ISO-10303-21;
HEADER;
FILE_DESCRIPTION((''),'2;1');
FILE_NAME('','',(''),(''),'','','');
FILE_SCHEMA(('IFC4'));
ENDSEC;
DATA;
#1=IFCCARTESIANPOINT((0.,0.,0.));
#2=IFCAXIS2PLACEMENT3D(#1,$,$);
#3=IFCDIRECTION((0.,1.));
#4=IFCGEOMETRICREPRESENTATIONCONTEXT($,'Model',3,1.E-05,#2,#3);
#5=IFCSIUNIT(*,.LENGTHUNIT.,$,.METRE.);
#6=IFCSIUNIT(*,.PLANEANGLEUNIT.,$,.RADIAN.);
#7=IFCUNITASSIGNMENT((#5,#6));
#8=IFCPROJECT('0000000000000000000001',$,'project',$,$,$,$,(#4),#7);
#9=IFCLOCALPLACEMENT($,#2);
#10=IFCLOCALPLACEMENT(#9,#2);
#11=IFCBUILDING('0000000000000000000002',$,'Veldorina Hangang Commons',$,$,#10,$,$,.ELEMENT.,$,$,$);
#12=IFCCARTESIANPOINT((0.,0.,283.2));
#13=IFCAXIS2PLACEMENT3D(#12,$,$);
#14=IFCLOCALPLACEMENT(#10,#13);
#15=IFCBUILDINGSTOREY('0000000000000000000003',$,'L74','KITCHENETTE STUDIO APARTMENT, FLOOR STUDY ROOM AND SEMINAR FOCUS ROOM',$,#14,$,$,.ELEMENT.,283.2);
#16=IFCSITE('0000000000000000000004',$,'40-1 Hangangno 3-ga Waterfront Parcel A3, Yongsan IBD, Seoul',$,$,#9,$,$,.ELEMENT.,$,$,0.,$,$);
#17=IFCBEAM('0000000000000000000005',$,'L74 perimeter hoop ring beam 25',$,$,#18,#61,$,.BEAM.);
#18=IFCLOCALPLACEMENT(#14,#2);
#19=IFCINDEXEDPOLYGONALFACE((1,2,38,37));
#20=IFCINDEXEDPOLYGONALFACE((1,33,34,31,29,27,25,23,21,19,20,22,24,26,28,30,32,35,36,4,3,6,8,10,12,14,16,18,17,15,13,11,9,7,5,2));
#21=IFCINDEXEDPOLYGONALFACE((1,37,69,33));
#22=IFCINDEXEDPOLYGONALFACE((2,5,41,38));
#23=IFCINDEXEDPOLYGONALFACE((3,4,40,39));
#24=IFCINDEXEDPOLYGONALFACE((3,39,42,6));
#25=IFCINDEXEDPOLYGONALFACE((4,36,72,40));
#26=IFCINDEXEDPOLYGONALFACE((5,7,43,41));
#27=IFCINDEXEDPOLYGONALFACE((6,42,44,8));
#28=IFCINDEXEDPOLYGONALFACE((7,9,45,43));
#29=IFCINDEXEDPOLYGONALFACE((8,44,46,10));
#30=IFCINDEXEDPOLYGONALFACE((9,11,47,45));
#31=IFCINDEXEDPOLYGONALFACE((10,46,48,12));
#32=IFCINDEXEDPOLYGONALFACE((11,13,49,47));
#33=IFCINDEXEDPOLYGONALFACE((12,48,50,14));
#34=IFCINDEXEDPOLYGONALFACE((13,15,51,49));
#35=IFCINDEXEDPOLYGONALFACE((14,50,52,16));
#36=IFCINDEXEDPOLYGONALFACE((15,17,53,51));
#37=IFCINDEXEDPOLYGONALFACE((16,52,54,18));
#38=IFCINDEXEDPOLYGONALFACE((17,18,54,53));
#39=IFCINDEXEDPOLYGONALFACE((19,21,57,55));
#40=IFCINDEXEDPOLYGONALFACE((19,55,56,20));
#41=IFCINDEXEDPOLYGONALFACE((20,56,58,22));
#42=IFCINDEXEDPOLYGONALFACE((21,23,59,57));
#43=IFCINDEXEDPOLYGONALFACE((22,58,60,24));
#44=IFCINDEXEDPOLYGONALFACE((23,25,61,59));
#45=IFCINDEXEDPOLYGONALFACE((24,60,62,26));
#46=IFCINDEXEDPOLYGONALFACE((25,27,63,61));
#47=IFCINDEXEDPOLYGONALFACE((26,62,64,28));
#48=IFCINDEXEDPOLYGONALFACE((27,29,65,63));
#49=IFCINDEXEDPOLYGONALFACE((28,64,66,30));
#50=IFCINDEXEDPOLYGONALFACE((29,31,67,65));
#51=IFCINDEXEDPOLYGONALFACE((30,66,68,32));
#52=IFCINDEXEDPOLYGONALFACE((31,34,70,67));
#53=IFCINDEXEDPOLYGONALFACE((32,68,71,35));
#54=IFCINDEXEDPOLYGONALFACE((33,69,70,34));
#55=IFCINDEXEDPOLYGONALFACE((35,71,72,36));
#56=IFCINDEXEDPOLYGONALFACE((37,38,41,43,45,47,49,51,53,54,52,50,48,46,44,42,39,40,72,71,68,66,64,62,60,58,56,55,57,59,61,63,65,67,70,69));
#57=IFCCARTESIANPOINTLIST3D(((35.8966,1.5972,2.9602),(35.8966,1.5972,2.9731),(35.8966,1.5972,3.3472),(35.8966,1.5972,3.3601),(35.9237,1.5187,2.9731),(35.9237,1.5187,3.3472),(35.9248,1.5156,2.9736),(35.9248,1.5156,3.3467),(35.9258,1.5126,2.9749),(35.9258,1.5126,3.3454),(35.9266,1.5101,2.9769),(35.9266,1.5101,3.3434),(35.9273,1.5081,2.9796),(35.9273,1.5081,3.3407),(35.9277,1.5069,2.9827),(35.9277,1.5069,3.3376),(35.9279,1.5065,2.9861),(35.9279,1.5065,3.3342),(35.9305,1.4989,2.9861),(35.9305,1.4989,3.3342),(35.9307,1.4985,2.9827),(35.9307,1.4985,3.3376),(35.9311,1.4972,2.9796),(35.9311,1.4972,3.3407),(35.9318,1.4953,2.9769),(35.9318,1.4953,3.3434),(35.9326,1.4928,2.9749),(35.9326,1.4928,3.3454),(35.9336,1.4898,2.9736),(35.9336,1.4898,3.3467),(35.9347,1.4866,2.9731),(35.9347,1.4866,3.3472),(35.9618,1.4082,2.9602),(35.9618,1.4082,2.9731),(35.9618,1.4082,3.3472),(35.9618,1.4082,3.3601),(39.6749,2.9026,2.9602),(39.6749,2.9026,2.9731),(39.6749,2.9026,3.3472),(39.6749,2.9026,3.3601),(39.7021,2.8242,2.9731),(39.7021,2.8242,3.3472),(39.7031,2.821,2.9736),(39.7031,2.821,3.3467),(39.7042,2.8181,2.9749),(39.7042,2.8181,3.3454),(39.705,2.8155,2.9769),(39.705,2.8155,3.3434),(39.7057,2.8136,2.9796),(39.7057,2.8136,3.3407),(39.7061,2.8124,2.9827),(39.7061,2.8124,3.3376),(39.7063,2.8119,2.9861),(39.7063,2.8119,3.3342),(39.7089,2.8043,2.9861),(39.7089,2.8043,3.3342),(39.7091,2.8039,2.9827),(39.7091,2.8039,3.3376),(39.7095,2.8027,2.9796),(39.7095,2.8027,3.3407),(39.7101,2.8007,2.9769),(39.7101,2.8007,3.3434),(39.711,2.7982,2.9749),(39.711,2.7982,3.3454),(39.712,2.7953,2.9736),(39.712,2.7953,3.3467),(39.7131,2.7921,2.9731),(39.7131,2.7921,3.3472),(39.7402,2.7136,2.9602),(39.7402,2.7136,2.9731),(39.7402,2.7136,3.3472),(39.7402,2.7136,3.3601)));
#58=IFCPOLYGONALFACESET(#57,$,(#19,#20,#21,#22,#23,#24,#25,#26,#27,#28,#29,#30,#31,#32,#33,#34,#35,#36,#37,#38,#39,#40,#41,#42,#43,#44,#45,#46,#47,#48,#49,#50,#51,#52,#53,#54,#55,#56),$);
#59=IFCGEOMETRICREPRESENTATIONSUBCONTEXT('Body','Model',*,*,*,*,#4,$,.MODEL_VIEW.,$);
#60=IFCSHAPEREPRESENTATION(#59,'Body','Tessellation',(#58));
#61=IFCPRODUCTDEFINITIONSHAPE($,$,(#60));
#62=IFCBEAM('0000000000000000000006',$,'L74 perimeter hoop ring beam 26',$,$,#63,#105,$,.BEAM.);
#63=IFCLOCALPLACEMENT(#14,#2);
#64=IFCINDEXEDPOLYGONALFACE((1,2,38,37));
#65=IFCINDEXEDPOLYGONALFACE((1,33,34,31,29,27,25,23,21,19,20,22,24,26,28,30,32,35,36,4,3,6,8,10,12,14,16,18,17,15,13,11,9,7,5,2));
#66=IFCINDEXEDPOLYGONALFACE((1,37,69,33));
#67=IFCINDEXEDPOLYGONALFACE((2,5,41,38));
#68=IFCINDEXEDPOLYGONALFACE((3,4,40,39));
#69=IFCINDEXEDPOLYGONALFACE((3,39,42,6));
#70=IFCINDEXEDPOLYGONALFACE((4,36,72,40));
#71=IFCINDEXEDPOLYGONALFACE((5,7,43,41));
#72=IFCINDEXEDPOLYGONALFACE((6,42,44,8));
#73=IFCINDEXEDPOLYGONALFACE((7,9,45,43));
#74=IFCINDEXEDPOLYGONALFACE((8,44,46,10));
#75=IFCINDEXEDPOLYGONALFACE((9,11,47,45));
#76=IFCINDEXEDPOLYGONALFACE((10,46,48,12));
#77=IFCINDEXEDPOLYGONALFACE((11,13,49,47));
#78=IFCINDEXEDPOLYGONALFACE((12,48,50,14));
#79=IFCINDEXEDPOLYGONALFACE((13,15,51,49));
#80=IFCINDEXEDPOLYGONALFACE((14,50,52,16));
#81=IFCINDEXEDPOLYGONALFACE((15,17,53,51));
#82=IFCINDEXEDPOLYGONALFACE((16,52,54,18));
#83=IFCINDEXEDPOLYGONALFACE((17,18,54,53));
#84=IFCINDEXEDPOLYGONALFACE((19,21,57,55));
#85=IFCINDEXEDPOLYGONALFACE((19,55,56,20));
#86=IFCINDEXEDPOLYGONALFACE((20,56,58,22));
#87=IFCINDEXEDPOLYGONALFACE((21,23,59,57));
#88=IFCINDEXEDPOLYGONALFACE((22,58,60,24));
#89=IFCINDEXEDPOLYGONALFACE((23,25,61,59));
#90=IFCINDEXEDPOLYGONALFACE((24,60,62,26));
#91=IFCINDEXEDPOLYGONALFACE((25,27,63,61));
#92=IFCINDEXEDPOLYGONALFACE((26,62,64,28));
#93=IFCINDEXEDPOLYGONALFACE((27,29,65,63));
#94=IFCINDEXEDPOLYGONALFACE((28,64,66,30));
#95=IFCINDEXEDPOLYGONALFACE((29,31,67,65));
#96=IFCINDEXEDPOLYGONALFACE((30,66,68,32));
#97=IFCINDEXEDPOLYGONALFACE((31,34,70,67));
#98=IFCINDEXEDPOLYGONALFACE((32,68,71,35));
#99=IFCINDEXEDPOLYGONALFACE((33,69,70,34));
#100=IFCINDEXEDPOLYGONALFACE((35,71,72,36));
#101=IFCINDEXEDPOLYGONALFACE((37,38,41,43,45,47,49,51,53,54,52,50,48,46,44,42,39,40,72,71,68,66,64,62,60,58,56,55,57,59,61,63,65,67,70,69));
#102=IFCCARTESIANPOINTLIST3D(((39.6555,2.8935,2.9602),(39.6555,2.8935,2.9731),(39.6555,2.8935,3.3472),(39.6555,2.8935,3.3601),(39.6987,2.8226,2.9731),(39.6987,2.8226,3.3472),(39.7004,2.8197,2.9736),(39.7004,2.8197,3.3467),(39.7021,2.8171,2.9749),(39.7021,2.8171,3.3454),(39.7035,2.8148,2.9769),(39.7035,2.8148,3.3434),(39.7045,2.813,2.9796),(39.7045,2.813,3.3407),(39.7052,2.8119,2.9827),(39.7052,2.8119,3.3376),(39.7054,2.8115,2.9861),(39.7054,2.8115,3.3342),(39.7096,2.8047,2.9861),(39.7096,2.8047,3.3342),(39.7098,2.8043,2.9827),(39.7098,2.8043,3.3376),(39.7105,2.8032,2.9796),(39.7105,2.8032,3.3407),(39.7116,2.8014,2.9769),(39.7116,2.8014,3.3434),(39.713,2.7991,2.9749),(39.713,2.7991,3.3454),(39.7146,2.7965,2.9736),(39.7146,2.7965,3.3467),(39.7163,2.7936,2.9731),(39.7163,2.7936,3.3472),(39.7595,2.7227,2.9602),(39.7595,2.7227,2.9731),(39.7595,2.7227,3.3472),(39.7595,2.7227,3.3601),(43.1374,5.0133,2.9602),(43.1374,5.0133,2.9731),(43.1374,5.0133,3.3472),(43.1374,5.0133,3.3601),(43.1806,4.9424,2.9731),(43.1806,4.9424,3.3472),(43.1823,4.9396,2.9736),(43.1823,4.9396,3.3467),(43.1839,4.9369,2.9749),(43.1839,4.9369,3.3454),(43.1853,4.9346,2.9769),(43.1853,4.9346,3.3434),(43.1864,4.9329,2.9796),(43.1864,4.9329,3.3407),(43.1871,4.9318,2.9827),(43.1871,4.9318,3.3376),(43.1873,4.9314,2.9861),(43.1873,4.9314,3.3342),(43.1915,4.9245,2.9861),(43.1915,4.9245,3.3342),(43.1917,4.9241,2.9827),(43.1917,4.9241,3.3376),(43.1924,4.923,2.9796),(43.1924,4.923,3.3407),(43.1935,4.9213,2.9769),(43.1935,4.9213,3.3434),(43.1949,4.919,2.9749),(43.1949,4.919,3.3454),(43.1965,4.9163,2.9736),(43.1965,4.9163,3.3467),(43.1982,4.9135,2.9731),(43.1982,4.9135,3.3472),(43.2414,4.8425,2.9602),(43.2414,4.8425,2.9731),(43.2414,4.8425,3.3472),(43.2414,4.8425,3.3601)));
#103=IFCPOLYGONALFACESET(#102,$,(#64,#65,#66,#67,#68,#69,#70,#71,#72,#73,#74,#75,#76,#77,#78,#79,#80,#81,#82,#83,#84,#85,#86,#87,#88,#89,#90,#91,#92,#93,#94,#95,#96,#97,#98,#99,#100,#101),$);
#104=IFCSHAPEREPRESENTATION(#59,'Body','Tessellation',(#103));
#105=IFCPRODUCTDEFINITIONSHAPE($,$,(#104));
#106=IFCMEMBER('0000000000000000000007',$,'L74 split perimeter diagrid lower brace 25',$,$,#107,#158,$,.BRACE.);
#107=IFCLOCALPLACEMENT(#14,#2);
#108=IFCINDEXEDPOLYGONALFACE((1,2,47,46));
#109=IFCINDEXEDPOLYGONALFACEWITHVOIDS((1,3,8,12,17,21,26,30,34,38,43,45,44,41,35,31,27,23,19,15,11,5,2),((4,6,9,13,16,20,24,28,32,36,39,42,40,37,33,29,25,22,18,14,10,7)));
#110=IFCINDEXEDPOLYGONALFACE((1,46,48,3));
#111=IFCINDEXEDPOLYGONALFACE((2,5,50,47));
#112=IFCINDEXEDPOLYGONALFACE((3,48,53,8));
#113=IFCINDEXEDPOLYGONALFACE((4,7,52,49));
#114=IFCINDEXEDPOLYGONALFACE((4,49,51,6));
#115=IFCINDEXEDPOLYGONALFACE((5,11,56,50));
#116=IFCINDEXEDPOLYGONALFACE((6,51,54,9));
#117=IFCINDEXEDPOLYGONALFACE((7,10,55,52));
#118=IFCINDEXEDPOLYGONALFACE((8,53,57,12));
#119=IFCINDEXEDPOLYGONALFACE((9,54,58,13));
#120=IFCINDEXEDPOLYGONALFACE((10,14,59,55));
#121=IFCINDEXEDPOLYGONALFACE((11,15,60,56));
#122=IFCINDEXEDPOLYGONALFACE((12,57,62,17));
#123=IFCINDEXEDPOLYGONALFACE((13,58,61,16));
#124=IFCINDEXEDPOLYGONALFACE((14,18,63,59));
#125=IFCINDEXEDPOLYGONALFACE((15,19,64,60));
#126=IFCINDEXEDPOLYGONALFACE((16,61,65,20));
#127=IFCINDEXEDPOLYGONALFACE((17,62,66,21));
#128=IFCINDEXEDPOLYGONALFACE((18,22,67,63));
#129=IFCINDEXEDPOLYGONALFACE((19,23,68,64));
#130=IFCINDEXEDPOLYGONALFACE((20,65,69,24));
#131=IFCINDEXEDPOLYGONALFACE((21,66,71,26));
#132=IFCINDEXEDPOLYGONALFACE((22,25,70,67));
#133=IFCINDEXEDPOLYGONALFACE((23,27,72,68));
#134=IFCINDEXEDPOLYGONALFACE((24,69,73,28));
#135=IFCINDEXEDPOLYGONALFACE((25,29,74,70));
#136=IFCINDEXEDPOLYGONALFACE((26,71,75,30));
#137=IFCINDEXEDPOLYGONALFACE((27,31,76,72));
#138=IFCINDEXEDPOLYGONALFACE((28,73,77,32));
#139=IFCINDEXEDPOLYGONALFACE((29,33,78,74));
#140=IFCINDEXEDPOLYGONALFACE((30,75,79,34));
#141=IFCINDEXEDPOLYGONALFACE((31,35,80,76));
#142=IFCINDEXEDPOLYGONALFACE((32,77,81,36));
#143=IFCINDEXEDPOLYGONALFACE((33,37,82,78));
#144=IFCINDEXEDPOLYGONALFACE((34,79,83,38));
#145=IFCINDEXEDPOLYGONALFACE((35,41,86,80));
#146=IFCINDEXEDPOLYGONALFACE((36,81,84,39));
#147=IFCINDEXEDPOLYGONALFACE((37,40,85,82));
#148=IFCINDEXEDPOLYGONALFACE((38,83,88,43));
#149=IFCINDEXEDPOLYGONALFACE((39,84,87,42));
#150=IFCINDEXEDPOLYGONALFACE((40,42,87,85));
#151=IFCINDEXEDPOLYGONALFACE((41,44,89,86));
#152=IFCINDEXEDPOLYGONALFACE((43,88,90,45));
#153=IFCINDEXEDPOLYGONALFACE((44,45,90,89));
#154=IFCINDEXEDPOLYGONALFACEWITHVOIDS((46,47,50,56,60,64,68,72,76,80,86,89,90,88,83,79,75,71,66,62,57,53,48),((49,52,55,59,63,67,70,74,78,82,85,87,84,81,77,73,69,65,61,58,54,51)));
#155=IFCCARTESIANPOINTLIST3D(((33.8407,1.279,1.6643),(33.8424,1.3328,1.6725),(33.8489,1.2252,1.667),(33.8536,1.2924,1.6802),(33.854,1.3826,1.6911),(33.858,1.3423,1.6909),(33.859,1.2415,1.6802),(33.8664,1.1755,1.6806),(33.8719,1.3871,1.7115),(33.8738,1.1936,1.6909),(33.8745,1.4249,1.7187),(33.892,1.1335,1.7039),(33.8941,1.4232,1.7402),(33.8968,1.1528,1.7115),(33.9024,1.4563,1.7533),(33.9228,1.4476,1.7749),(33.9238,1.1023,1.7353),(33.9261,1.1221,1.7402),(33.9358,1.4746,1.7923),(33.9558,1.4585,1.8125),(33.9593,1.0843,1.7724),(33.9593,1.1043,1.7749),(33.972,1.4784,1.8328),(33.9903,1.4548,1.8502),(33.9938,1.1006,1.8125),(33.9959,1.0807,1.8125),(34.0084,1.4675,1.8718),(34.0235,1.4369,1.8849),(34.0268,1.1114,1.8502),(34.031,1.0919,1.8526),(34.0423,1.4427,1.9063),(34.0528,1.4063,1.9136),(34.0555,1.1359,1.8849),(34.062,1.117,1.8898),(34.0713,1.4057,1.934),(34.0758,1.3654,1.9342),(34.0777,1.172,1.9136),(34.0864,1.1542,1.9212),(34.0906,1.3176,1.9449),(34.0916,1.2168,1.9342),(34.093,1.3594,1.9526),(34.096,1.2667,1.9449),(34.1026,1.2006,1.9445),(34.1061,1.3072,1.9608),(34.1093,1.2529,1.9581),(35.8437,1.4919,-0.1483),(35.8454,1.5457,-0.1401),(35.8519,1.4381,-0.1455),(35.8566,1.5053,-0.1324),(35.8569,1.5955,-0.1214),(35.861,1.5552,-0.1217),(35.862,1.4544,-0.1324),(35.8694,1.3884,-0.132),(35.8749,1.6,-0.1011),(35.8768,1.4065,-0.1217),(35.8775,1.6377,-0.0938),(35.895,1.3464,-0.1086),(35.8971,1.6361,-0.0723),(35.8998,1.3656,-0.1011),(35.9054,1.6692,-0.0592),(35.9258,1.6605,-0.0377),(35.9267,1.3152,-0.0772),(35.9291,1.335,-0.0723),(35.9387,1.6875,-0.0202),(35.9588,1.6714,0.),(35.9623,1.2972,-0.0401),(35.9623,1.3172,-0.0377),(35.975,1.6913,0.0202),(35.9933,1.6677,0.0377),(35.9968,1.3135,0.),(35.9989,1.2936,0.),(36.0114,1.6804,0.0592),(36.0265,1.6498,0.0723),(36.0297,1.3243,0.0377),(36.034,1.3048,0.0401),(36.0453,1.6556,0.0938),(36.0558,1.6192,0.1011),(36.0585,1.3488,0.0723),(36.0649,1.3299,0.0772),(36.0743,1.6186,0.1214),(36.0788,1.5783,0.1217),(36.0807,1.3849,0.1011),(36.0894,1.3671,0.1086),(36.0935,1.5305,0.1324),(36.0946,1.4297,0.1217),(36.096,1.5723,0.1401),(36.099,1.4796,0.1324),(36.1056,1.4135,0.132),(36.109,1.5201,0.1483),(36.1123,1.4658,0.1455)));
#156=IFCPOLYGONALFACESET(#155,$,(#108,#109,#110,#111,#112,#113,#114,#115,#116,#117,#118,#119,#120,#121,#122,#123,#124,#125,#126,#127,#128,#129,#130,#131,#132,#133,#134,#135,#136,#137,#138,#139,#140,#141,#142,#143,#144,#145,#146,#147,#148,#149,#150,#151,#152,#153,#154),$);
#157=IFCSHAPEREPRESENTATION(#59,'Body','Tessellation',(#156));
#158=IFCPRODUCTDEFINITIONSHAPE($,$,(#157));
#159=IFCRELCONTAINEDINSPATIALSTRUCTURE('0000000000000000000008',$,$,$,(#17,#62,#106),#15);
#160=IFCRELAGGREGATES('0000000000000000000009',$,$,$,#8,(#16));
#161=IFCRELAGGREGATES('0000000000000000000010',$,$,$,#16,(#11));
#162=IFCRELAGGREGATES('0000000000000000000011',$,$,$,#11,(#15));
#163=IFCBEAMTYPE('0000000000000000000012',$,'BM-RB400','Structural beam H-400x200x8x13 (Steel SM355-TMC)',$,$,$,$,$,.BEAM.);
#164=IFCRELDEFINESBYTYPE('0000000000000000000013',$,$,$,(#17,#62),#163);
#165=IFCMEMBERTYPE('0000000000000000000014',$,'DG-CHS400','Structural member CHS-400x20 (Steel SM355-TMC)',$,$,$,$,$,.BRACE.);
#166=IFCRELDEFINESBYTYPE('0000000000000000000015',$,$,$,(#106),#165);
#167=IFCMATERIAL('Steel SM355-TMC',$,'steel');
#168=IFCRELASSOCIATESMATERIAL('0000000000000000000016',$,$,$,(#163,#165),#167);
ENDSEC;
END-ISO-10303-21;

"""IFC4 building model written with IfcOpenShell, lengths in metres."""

from ifc_helpers import new_model, si_unit, direction, frame, origin, origin_2d, place, context, subcontext, project, spatial, hollow_circle, i_section, extrude, material, material_profile, profile_set, type_object, element, save


model = new_model("IFC4")

# Units and contexts
model_context = context("Model", 3, precision=1e-05, world=origin(), true_north=direction((0.0, 1.0)))
body_context = subcontext(model_context, "Body", "Model", "MODEL_VIEW")
ifc_project = project(units=[si_unit("LENGTHUNIT", "METRE"), si_unit("PLANEANGLEUNIT", "RADIAN")], contexts=[model_context])

# Site, building, storey
site_placement = place(None, origin())
site = spatial("IfcSite", under=ifc_project, at=site_placement, Name="40-1 Hangangno 3-ga Waterfront Parcel A3, Yongsan IBD, Seoul", CompositionType="ELEMENT", RefElevation=0.0)
building_placement = place(site_placement, origin())
building = spatial("IfcBuilding", under=site, at=building_placement, Name="Veldorina Hangang Commons", CompositionType="ELEMENT")
storey_placement = place(building_placement, frame((0.0, 0.0, 283.2)))
storey = spatial("IfcBuildingStorey", under=building, at=storey_placement, Name="L74", Description="KITCHENETTE STUDIO APARTMENT, FLOOR STUDY ROOM AND SEMINAR FOCUS ROOM", CompositionType="ELEMENT", Elevation=283.2)

# Beams
ifc_material_1 = material(Name="Steel SM355-TMC", Category="steel")
ifc_material_profile_1 = material_profile(ifc_material_1, i_section(OverallWidth=0.2, OverallDepth=0.3999, WebThickness=0.0081, FlangeThickness=0.0129, FilletRadius=0.0129, at=origin_2d()), Name="H-400x200x8x13")
ifc_profile_set_1 = profile_set([ifc_material_profile_1], Name="Steel SM355-TMC")
beam_type = type_object("IfcBeamType", Name="BM-RB400", Description="Structural beam H-400x200x8x13 (Steel SM355-TMC)", PredefinedType="BEAM", material=ifc_profile_set_1)
beam_1_placement = place(storey_placement, frame((35.9292, 1.5027, 3.1602), z_axis=(0.945176, 0.326561, 0.0), x_axis=(-0.326561, 0.945176, 0.0)))
element("IfcBeam", 1, at=beam_1_placement, inside=storey, type_object=beam_type, Name="L74 perimeter hoop ring beam 25", PredefinedType="BEAM", context=body_context, shape_type="SweptSolid", body=[
    extrude(i_section(OverallWidth=0.2, OverallDepth=0.3999, WebThickness=0.0081, FlangeThickness=0.0129, FilletRadius=0.0129, at=origin_2d()), origin(), (0.0, 0.0, 1.0), 3.9976),
])
beam_2_placement = place(storey_placement, frame((39.7075, 2.8081, 3.1602), z_axis=(0.854151, 0.520025, 0.0), x_axis=(-0.520025, 0.854151, 0.0)))
element("IfcBeam", 2, at=beam_2_placement, inside=storey, type_object=beam_type, Name="L74 perimeter hoop ring beam 26", PredefinedType="BEAM", context=body_context, shape_type="SweptSolid", body=[
    extrude(i_section(OverallWidth=0.2, OverallDepth=0.3999, WebThickness=0.0081, FlangeThickness=0.0129, FilletRadius=0.0129, at=origin_2d()), origin(), (0.0, 0.0, 1.0), 4.0764),
])

# Member
ifc_material_profile_2 = material_profile(ifc_material_1, hollow_circle(Radius=0.2, WallThickness=0.02, at=origin_2d()), Name="CHS-400x20")
ifc_profile_set_2 = profile_set([ifc_material_profile_2], Name="Steel SM355-TMC")
member_type_1 = type_object("IfcMemberType", Name="DG-CHS400", Description="Structural member CHS-400x20 (Steel SM355-TMC)", PredefinedType="BRACE", material=ifc_profile_set_2)
member_1_placement = place(storey_placement, frame((35.9778, 1.4924, 0.0), z_axis=(-0.739184, -0.078568, 0.668905), x_axis=(0.105694, -0.994399, 0.0)))
element("IfcMember", 3, at=member_1_placement, inside=storey, type_object=member_type_1, Name="L74 split perimeter diagrid lower brace 25", PredefinedType="BRACE", context=body_context, shape_type="SweptSolid", body=[
    extrude(hollow_circle(Radius=0.2, WallThickness=0.02, at=origin_2d()), origin(), (0.0, 0.0, 1.0), 2.7097),
])

save(model, "model.ifc")
